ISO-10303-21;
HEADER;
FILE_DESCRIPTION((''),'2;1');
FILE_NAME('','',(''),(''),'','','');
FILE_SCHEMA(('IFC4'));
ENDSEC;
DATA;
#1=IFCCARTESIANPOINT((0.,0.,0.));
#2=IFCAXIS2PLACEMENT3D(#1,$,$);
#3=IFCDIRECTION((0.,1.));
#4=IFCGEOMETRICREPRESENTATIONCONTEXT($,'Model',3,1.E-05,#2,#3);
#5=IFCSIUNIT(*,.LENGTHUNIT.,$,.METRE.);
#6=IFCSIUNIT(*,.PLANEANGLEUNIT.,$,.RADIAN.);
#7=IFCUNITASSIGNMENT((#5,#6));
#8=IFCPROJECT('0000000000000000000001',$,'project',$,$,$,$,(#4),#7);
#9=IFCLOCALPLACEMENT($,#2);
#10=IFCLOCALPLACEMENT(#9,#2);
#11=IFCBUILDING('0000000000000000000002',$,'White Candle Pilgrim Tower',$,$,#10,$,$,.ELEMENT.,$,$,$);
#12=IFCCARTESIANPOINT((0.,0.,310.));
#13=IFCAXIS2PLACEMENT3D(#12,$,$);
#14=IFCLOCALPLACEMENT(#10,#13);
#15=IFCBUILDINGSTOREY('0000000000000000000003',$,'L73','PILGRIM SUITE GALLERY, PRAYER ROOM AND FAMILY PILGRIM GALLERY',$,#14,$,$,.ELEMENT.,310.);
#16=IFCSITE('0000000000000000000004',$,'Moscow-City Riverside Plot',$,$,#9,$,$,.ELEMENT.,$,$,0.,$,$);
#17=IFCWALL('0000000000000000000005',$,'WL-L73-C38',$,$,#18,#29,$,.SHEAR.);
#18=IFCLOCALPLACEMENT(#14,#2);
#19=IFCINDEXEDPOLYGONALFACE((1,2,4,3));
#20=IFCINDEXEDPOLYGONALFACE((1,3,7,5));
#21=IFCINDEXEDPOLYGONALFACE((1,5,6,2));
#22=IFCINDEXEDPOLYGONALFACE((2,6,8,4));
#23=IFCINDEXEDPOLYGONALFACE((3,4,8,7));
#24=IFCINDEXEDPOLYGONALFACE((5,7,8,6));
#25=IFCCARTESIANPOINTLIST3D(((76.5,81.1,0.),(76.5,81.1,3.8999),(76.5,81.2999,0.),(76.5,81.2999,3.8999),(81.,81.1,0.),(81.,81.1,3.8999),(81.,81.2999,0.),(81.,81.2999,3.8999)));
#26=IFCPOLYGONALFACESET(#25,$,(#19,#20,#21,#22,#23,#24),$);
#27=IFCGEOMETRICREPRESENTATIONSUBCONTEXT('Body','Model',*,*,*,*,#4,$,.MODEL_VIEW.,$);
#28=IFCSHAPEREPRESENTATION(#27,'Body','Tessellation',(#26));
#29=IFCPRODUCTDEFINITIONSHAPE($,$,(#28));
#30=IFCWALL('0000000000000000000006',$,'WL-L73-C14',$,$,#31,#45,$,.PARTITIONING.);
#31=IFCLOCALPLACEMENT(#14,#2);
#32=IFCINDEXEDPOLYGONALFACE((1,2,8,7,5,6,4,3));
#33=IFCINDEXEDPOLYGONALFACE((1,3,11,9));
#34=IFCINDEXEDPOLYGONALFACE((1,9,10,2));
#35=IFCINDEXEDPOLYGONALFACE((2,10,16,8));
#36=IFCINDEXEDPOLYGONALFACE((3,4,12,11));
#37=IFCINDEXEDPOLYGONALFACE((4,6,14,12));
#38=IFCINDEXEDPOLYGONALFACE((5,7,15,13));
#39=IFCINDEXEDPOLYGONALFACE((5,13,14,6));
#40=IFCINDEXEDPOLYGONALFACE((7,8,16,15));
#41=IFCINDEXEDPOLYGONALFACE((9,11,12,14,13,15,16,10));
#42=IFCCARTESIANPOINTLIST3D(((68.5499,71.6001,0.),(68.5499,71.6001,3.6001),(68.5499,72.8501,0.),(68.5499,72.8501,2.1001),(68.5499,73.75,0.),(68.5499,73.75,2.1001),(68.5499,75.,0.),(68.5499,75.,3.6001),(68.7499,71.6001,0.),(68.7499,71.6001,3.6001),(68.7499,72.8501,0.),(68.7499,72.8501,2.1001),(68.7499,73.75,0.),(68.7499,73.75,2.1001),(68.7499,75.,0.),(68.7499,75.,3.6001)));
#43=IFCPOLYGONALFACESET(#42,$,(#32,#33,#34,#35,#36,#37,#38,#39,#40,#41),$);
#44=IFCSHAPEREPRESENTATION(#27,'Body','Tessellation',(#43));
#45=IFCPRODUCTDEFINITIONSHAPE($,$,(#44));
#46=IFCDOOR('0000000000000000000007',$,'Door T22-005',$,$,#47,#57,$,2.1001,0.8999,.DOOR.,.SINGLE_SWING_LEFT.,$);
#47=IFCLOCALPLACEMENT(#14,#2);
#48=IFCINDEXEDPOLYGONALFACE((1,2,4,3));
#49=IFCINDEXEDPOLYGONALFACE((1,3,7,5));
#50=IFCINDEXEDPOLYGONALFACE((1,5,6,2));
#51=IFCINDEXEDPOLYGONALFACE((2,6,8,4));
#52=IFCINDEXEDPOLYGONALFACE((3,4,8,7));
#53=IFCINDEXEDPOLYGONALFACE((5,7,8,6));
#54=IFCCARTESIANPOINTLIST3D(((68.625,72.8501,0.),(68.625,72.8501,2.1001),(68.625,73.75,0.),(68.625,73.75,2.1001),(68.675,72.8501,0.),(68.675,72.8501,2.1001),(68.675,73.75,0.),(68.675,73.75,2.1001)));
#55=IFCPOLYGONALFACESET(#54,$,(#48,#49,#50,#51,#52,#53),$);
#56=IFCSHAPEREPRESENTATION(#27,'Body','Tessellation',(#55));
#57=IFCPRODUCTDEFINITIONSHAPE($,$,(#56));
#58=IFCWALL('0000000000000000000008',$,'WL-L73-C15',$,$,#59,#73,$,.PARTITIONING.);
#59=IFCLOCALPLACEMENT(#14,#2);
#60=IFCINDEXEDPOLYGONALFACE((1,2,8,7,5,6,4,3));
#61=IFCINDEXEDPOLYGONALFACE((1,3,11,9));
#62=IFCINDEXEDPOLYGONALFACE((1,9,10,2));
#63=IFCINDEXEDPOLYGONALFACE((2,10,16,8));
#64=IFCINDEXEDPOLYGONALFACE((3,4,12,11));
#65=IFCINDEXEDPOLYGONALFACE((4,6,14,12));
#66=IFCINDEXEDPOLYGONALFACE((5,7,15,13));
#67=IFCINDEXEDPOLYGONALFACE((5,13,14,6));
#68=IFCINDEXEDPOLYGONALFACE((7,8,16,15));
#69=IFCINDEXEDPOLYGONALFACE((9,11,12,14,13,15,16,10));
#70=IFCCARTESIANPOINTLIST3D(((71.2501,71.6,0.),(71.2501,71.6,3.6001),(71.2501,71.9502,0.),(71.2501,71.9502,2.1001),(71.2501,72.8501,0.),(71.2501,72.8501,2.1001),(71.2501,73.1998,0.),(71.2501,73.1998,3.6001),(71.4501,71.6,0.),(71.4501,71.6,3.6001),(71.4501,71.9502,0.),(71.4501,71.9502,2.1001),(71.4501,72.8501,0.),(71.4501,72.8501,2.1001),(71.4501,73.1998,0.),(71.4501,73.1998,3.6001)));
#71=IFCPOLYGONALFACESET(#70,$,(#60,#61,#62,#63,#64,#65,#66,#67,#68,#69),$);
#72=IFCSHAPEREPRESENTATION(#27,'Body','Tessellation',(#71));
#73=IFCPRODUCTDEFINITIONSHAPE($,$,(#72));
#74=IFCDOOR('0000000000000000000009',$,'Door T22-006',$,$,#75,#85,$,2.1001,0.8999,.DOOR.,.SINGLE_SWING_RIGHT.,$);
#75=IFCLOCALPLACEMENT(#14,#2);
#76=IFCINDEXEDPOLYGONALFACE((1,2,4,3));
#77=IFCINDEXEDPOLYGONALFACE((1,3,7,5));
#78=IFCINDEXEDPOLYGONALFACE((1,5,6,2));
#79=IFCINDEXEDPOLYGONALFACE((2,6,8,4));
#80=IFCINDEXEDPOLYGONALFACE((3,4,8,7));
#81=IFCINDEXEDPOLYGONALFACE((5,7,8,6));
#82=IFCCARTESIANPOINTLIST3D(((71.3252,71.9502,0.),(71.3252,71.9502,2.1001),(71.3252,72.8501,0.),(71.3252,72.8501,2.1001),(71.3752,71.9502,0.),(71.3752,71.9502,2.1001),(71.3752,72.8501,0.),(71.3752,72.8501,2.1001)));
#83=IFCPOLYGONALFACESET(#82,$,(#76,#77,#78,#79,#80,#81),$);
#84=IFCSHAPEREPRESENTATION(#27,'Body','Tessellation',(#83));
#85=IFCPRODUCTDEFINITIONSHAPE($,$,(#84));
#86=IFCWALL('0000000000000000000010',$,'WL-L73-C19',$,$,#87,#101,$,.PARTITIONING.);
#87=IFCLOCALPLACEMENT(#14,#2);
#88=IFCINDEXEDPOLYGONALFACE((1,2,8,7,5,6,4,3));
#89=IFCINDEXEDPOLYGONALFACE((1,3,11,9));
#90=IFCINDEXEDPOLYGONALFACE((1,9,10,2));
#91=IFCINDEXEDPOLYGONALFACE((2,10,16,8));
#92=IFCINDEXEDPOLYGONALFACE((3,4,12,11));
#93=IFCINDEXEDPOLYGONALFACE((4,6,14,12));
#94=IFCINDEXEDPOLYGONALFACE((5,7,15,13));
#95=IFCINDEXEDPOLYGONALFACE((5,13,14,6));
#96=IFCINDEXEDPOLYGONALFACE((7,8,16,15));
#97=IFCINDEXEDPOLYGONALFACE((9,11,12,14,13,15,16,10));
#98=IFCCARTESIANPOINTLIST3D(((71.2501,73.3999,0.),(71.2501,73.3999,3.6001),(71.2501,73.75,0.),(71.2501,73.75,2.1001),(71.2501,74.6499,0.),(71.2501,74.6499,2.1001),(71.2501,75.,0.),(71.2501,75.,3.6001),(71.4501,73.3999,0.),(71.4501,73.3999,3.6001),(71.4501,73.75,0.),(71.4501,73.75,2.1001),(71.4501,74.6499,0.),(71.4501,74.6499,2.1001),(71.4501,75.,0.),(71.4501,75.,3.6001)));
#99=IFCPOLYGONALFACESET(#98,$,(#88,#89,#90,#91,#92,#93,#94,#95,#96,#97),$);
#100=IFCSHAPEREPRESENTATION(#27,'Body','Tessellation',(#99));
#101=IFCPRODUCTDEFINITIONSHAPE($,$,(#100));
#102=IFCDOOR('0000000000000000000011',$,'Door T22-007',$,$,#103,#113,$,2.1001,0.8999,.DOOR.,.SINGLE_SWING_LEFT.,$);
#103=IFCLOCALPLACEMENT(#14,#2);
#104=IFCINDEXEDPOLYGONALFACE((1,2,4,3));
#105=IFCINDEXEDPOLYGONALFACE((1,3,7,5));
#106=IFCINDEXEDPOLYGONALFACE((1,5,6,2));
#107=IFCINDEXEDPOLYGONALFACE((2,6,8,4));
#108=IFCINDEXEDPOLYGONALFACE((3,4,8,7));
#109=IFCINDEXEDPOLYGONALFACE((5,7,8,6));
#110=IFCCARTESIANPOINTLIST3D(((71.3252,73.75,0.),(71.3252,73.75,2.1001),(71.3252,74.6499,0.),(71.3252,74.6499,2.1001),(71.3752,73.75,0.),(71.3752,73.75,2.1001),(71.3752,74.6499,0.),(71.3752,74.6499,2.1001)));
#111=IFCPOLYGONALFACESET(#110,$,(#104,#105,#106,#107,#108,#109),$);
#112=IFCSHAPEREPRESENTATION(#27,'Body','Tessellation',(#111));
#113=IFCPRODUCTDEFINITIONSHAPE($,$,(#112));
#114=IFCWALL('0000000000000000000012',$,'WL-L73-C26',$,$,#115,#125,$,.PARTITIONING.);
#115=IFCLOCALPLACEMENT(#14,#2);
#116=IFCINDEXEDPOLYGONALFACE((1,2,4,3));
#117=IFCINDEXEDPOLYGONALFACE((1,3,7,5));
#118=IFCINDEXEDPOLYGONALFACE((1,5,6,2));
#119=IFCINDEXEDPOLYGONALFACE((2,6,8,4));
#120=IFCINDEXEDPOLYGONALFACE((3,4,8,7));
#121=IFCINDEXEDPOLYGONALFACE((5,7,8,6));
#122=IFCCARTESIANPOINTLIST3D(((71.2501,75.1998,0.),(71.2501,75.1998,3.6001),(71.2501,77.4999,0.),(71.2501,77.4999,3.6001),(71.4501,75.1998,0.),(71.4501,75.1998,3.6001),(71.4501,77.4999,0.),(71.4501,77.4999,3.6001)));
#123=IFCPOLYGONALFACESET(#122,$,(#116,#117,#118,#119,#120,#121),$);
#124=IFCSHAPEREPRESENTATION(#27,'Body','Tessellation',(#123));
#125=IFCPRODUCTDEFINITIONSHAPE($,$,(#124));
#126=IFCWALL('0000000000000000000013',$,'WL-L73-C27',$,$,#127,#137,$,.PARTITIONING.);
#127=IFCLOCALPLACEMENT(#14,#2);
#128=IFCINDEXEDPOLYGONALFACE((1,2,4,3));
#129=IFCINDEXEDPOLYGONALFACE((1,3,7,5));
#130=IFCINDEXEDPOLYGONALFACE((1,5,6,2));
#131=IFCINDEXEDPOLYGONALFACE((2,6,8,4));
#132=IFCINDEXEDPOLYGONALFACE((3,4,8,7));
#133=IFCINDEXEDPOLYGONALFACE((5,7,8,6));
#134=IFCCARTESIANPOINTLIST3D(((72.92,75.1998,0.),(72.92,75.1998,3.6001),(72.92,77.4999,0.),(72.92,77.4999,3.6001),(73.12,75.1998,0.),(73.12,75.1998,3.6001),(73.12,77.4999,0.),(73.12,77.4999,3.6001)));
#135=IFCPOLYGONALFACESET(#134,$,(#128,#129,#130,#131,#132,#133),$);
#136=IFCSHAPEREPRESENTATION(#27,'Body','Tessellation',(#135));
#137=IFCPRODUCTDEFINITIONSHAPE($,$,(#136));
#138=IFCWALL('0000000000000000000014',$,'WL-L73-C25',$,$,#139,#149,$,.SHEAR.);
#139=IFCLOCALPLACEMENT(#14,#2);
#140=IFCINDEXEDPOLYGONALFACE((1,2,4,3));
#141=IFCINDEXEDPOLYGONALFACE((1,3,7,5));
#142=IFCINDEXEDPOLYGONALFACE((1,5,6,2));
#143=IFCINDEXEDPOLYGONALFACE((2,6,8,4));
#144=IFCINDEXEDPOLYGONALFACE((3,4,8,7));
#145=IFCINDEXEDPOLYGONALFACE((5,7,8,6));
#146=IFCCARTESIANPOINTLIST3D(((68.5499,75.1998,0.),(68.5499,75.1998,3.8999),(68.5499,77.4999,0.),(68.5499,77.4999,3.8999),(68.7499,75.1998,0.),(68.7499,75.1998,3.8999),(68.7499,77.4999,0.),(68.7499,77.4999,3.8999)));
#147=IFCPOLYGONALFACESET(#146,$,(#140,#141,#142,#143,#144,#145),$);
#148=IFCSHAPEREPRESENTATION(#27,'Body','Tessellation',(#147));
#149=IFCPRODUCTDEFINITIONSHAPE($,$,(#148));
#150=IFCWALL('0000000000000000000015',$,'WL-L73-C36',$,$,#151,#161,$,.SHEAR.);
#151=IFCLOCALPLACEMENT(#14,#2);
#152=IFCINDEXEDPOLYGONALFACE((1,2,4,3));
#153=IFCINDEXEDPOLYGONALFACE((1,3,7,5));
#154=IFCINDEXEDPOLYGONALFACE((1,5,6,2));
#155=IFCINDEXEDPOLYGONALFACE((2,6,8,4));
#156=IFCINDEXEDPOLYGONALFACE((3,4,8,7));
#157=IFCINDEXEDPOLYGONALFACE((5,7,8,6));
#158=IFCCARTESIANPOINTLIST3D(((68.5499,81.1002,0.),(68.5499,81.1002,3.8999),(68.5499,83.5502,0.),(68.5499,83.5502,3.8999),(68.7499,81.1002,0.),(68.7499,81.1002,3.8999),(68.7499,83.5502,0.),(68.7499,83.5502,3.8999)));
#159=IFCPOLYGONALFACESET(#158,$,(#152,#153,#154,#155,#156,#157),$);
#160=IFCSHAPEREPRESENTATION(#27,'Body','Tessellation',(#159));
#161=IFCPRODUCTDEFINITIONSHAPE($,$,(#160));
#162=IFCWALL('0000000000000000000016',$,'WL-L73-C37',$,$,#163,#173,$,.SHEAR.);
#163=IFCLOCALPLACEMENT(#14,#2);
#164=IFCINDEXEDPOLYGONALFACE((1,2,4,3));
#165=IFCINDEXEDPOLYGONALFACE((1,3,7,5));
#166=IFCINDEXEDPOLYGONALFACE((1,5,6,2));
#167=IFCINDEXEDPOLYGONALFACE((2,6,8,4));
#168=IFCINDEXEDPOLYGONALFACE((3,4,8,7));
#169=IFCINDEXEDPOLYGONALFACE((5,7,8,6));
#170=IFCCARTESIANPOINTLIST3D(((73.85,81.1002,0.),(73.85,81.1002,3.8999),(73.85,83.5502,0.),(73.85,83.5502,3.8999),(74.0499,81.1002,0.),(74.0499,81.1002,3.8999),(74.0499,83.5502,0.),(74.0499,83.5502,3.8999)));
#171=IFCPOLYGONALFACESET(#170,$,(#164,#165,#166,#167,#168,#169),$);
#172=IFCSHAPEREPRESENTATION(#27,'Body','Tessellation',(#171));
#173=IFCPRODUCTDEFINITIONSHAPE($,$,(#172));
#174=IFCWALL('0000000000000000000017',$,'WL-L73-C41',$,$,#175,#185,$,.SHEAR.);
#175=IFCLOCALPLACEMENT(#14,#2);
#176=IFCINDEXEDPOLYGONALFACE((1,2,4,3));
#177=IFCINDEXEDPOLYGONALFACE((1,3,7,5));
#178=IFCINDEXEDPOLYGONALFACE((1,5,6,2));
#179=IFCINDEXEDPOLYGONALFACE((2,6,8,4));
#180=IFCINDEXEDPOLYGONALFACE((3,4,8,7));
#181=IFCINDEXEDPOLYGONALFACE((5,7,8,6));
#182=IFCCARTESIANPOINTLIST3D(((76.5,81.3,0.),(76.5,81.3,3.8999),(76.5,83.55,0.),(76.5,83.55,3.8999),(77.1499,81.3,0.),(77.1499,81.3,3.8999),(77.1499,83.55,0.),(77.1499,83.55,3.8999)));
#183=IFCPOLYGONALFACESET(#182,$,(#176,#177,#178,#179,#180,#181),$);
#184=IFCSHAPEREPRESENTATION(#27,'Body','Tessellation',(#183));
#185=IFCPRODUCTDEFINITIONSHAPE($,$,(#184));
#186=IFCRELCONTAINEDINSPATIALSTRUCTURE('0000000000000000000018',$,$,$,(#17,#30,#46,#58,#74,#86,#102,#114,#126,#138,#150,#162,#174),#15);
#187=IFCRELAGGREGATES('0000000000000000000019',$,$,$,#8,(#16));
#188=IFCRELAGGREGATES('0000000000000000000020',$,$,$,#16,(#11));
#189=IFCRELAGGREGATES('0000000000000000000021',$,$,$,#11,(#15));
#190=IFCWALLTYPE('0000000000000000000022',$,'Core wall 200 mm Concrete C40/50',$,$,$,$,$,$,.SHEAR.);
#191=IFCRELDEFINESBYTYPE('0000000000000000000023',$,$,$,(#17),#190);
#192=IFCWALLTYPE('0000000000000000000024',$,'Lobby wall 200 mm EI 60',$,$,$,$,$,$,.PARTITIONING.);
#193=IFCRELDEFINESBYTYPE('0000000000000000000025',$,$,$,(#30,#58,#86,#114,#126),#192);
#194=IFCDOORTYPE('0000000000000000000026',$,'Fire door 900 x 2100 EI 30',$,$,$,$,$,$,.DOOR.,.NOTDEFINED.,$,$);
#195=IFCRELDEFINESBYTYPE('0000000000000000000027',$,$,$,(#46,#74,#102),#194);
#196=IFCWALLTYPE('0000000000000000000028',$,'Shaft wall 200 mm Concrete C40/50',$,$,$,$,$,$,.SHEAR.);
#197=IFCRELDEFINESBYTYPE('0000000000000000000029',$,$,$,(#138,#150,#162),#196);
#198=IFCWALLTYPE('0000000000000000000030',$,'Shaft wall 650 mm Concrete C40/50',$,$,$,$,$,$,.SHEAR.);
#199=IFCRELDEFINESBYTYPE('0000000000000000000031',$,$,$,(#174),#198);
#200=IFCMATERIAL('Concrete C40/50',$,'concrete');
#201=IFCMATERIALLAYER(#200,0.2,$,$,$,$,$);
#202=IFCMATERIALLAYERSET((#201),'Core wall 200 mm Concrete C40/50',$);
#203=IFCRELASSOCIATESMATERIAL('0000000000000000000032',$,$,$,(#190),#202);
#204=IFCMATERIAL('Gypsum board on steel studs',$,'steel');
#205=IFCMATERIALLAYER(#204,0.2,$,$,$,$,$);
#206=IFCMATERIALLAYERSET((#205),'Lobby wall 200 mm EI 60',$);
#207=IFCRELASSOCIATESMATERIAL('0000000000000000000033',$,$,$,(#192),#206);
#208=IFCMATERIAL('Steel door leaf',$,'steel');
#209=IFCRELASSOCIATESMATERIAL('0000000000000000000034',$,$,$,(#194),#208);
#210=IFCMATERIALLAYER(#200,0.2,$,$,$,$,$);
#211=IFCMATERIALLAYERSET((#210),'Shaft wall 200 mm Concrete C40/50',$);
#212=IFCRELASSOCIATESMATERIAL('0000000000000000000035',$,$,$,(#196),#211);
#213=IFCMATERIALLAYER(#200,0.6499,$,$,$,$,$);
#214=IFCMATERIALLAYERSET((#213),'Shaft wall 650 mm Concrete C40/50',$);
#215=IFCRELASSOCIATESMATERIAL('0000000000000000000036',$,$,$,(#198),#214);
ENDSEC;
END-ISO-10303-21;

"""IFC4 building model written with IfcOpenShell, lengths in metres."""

from ifc_helpers import new_model, si_unit, direction, frame, frame_2d, origin, place, context, subcontext, project, spatial, rectangle, extrude, material, layer, layer_set, type_object, element, fill, save


model = new_model("IFC4")

# Units and contexts
model_context = context("Model", 3, precision=1e-05, world=origin(), true_north=direction((0.0, 1.0)))
body_context = subcontext(model_context, "Body", "Model", "MODEL_VIEW")
ifc_project = project(units=[si_unit("LENGTHUNIT", "METRE"), si_unit("PLANEANGLEUNIT", "RADIAN")], contexts=[model_context])

# Site, building, storey
site_placement = place(None, origin())
site = spatial("IfcSite", under=ifc_project, at=site_placement, Name="Moscow-City Riverside Plot", CompositionType="ELEMENT", RefElevation=0.0)
building_placement = place(site_placement, origin())
building = spatial("IfcBuilding", under=site, at=building_placement, Name="White Candle Pilgrim Tower", CompositionType="ELEMENT")
storey_placement = place(building_placement, frame((0.0, 0.0, 310.0)))
storey = spatial("IfcBuildingStorey", under=building, at=storey_placement, Name="L73", Description="PILGRIM SUITE GALLERY, PRAYER ROOM AND FAMILY PILGRIM GALLERY", CompositionType="ELEMENT", Elevation=310.0)

# Wall
ifc_material_1 = material(Name="Concrete C40/50", Category="concrete")
ifc_layer_1 = layer(ifc_material_1, 0.2)
ifc_layer_set_1 = layer_set([ifc_layer_1], Name="Core wall 200 mm Concrete C40/50")
wall_type_1 = type_object("IfcWallType", Name="Core wall 200 mm Concrete C40/50", PredefinedType="SHEAR", material=ifc_layer_set_1)
wall_1_placement = place(storey_placement, frame((76.5, 81.2, 0.0), z_axis=(0.0, 0.0, 1.0), x_axis=(1.0, 0.0, 0.0)))
element("IfcWall", 1, at=wall_1_placement, inside=storey, type_object=wall_type_1, Name="WL-L73-C38", PredefinedType="SHEAR", context=body_context, shape_type="SweptSolid", body=[
    extrude(rectangle(XDim=4.5, YDim=0.2, at=frame_2d((2.25, 0.0))), origin(), (0.0, 0.0, 1.0), 3.8999),
])

# Walls, openings, doors
ifc_material_2 = material(Name="Gypsum board on steel studs", Category="steel")
ifc_layer_2 = layer(ifc_material_2, 0.2)
ifc_layer_set_2 = layer_set([ifc_layer_2], Name="Lobby wall 200 mm EI 60")
wall_type_2 = type_object("IfcWallType", Name="Lobby wall 200 mm EI 60", PredefinedType="PARTITIONING", material=ifc_layer_set_2)
wall_2_placement = place(storey_placement, frame((68.6499, 71.6001, 0.0), z_axis=(0.0, 0.0, 1.0), x_axis=(0.0, 1.0, 0.0)))
wall_2 = element("IfcWall", 2, at=wall_2_placement, inside=storey, type_object=wall_type_2, Name="WL-L73-C14", PredefinedType="PARTITIONING", context=body_context, shape_type="SweptSolid", body=[
    extrude(rectangle(XDim=3.3999, YDim=0.2, at=frame_2d((1.7, 0.0))), origin(), (0.0, 0.0, 1.0), 3.6001),
])
opening_1_placement = place(wall_2_placement, frame((1.25, 0.0, 0.0)))
opening_1 = element("IfcOpeningElement", 3, at=opening_1_placement, cuts=wall_2, PredefinedType="OPENING", context=body_context, shape_type="SweptSolid", body=[
    extrude(rectangle(XDim=0.8999, YDim=2.1001, at=frame_2d((0.45, 1.05))), frame((0.0, 0.1099, 0.0), z_axis=(0.0, -1.0, 0.0), x_axis=(1.0, 0.0, 0.0)), (0.0, 0.0, 1.0), 0.22),
])
ifc_material_3 = material(Name="Steel door leaf", Category="steel")
door_type_1 = type_object("IfcDoorType", Name="Fire door 900 x 2100 EI 30", OperationType="NOTDEFINED", PredefinedType="DOOR", material=ifc_material_3)
door_1_placement = place(opening_1_placement, origin())
door_1 = element("IfcDoor", 4, at=door_1_placement, inside=storey, type_object=door_type_1, Name="Door T22-005", OperationType="SINGLE_SWING_LEFT", OverallHeight=2.1001, OverallWidth=0.8999, PredefinedType="DOOR", context=body_context, shape_type="SweptSolid", body=[
    extrude(rectangle(XDim=0.8999, YDim=2.1001, at=frame_2d((0.45, 1.05))), frame((0.0, 0.0249, 0.0), z_axis=(0.0, -1.0, 0.0), x_axis=(1.0, 0.0, 0.0)), (0.0, 0.0, 1.0), 0.05),
])
fill(opening_1, door_1)
wall_3_placement = place(storey_placement, frame((71.3501, 71.6001, 0.0), z_axis=(0.0, 0.0, 1.0), x_axis=(0.0, 1.0, 0.0)))
wall_3 = element("IfcWall", 5, at=wall_3_placement, inside=storey, type_object=wall_type_2, Name="WL-L73-C15", PredefinedType="PARTITIONING", context=body_context, shape_type="SweptSolid", body=[
    extrude(rectangle(XDim=1.5999, YDim=0.2, at=frame_2d((0.7998, 0.0))), origin(), (0.0, 0.0, 1.0), 3.6001),
])
opening_2_placement = place(wall_3_placement, frame((0.3501, 0.0, 0.0)))
opening_2 = element("IfcOpeningElement", 6, at=opening_2_placement, cuts=wall_3, PredefinedType="OPENING", context=body_context, shape_type="SweptSolid", body=[
    extrude(rectangle(XDim=0.8999, YDim=2.1001, at=frame_2d((0.45, 1.05))), frame((0.0, 0.1099, 0.0), z_axis=(0.0, -1.0, 0.0), x_axis=(1.0, 0.0, 0.0)), (0.0, 0.0, 1.0), 0.22),
])
door_2_placement = place(opening_2_placement, origin())
door_2 = element("IfcDoor", 7, at=door_2_placement, inside=storey, type_object=door_type_1, Name="Door T22-006", OperationType="SINGLE_SWING_RIGHT", OverallHeight=2.1001, OverallWidth=0.8999, PredefinedType="DOOR", context=body_context, shape_type="SweptSolid", body=[
    extrude(rectangle(XDim=0.8999, YDim=2.1001, at=frame_2d((0.45, 1.05))), frame((0.0, 0.0249, 0.0), z_axis=(0.0, -1.0, 0.0), x_axis=(1.0, 0.0, 0.0)), (0.0, 0.0, 1.0), 0.05),
])
fill(opening_2, door_2)
wall_4_placement = place(storey_placement, frame((71.3501, 73.3999, 0.0), z_axis=(0.0, 0.0, 1.0), x_axis=(0.0, 1.0, 0.0)))
wall_4 = element("IfcWall", 8, at=wall_4_placement, inside=storey, type_object=wall_type_2, Name="WL-L73-C19", PredefinedType="PARTITIONING", context=body_context, shape_type="SweptSolid", body=[
    extrude(rectangle(XDim=1.6001, YDim=0.2, at=frame_2d((0.8, 0.0))), origin(), (0.0, 0.0, 1.0), 3.6001),
])
opening_3_placement = place(wall_4_placement, frame((0.3501, 0.0, 0.0)))
opening_3 = element("IfcOpeningElement", 9, at=opening_3_placement, cuts=wall_4, PredefinedType="OPENING", context=body_context, shape_type="SweptSolid", body=[
    extrude(rectangle(XDim=0.8999, YDim=2.1001, at=frame_2d((0.45, 1.05))), frame((0.0, 0.1099, 0.0), z_axis=(0.0, -1.0, 0.0), x_axis=(1.0, 0.0, 0.0)), (0.0, 0.0, 1.0), 0.22),
])
door_3_placement = place(opening_3_placement, origin())
door_3 = element("IfcDoor", 10, at=door_3_placement, inside=storey, type_object=door_type_1, Name="Door T22-007", OperationType="SINGLE_SWING_LEFT", OverallHeight=2.1001, OverallWidth=0.8999, PredefinedType="DOOR", context=body_context, shape_type="SweptSolid", body=[
    extrude(rectangle(XDim=0.8999, YDim=2.1001, at=frame_2d((0.45, 1.05))), frame((0.0, 0.0249, 0.0), z_axis=(0.0, -1.0, 0.0), x_axis=(1.0, 0.0, 0.0)), (0.0, 0.0, 1.0), 0.05),
])
fill(opening_3, door_3)

# Walls
for number, where, z_axis, x_axis, name in (
    (11, (71.3501, 75.2, 0.0), (0.0, 0.0, 1.0), (0.0, 1.0, 0.0), "WL-L73-C26"),
    (12, (73.02, 75.2, 0.0), (0.0, 0.0, 1.0), (0.0, 1.0, 0.0), "WL-L73-C27"),
):
    element("IfcWall", number, at=place(storey_placement, frame(where, z_axis=z_axis, x_axis=x_axis)), inside=storey, type_object=wall_type_2, Name=name, PredefinedType="PARTITIONING", context=body_context, shape_type="SweptSolid", body=[
        extrude(rectangle(XDim=2.3, YDim=0.2, at=frame_2d((1.1499, 0.0))), origin(), (0.0, 0.0, 1.0), 3.6001),
    ])
ifc_layer_3 = layer(ifc_material_1, 0.2)
ifc_layer_set_3 = layer_set([ifc_layer_3], Name="Shaft wall 200 mm Concrete C40/50")
wall_type_3 = type_object("IfcWallType", Name="Shaft wall 200 mm Concrete C40/50", PredefinedType="SHEAR", material=ifc_layer_set_3)
wall_5_placement = place(storey_placement, frame((68.6499, 75.2, 0.0), z_axis=(0.0, 0.0, 1.0), x_axis=(0.0, 1.0, 0.0)))
element("IfcWall", 13, at=wall_5_placement, inside=storey, type_object=wall_type_3, Name="WL-L73-C25", PredefinedType="SHEAR", context=body_context, shape_type="SweptSolid", body=[
    extrude(rectangle(XDim=2.3, YDim=0.2, at=frame_2d((1.1499, 0.0))), origin(), (0.0, 0.0, 1.0), 3.8999),
])
for number, where, z_axis, x_axis, name in (
    (14, (68.6499, 81.1001, 0.0), (0.0, 0.0, 1.0), (0.0, 1.0, 0.0), "WL-L73-C36"),
    (15, (73.95, 81.1001, 0.0), (0.0, 0.0, 1.0), (0.0, 1.0, 0.0), "WL-L73-C37"),
):
    element("IfcWall", number, at=place(storey_placement, frame(where, z_axis=z_axis, x_axis=x_axis)), inside=storey, type_object=wall_type_3, Name=name, PredefinedType="SHEAR", context=body_context, shape_type="SweptSolid", body=[
        extrude(rectangle(XDim=2.45, YDim=0.2, at=frame_2d((1.2251, 0.0))), origin(), (0.0, 0.0, 1.0), 3.8999),
    ])
ifc_layer_4 = layer(ifc_material_1, 0.6499)
ifc_layer_set_4 = layer_set([ifc_layer_4], Name="Shaft wall 650 mm Concrete C40/50")
wall_type_4 = type_object("IfcWallType", Name="Shaft wall 650 mm Concrete C40/50", PredefinedType="SHEAR", material=ifc_layer_set_4)
wall_6_placement = place(storey_placement, frame((76.825, 81.3, 0.0), z_axis=(0.0, 0.0, 1.0), x_axis=(0.0, 1.0, 0.0)))
element("IfcWall", 16, at=wall_6_placement, inside=storey, type_object=wall_type_4, Name="WL-L73-C41", PredefinedType="SHEAR", context=body_context, shape_type="SweptSolid", body=[
    extrude(rectangle(XDim=2.25, YDim=0.6499, at=frame_2d((1.125, 0.0))), origin(), (0.0, 0.0, 1.0), 3.8999),
])

save(model, "model.ifc")
